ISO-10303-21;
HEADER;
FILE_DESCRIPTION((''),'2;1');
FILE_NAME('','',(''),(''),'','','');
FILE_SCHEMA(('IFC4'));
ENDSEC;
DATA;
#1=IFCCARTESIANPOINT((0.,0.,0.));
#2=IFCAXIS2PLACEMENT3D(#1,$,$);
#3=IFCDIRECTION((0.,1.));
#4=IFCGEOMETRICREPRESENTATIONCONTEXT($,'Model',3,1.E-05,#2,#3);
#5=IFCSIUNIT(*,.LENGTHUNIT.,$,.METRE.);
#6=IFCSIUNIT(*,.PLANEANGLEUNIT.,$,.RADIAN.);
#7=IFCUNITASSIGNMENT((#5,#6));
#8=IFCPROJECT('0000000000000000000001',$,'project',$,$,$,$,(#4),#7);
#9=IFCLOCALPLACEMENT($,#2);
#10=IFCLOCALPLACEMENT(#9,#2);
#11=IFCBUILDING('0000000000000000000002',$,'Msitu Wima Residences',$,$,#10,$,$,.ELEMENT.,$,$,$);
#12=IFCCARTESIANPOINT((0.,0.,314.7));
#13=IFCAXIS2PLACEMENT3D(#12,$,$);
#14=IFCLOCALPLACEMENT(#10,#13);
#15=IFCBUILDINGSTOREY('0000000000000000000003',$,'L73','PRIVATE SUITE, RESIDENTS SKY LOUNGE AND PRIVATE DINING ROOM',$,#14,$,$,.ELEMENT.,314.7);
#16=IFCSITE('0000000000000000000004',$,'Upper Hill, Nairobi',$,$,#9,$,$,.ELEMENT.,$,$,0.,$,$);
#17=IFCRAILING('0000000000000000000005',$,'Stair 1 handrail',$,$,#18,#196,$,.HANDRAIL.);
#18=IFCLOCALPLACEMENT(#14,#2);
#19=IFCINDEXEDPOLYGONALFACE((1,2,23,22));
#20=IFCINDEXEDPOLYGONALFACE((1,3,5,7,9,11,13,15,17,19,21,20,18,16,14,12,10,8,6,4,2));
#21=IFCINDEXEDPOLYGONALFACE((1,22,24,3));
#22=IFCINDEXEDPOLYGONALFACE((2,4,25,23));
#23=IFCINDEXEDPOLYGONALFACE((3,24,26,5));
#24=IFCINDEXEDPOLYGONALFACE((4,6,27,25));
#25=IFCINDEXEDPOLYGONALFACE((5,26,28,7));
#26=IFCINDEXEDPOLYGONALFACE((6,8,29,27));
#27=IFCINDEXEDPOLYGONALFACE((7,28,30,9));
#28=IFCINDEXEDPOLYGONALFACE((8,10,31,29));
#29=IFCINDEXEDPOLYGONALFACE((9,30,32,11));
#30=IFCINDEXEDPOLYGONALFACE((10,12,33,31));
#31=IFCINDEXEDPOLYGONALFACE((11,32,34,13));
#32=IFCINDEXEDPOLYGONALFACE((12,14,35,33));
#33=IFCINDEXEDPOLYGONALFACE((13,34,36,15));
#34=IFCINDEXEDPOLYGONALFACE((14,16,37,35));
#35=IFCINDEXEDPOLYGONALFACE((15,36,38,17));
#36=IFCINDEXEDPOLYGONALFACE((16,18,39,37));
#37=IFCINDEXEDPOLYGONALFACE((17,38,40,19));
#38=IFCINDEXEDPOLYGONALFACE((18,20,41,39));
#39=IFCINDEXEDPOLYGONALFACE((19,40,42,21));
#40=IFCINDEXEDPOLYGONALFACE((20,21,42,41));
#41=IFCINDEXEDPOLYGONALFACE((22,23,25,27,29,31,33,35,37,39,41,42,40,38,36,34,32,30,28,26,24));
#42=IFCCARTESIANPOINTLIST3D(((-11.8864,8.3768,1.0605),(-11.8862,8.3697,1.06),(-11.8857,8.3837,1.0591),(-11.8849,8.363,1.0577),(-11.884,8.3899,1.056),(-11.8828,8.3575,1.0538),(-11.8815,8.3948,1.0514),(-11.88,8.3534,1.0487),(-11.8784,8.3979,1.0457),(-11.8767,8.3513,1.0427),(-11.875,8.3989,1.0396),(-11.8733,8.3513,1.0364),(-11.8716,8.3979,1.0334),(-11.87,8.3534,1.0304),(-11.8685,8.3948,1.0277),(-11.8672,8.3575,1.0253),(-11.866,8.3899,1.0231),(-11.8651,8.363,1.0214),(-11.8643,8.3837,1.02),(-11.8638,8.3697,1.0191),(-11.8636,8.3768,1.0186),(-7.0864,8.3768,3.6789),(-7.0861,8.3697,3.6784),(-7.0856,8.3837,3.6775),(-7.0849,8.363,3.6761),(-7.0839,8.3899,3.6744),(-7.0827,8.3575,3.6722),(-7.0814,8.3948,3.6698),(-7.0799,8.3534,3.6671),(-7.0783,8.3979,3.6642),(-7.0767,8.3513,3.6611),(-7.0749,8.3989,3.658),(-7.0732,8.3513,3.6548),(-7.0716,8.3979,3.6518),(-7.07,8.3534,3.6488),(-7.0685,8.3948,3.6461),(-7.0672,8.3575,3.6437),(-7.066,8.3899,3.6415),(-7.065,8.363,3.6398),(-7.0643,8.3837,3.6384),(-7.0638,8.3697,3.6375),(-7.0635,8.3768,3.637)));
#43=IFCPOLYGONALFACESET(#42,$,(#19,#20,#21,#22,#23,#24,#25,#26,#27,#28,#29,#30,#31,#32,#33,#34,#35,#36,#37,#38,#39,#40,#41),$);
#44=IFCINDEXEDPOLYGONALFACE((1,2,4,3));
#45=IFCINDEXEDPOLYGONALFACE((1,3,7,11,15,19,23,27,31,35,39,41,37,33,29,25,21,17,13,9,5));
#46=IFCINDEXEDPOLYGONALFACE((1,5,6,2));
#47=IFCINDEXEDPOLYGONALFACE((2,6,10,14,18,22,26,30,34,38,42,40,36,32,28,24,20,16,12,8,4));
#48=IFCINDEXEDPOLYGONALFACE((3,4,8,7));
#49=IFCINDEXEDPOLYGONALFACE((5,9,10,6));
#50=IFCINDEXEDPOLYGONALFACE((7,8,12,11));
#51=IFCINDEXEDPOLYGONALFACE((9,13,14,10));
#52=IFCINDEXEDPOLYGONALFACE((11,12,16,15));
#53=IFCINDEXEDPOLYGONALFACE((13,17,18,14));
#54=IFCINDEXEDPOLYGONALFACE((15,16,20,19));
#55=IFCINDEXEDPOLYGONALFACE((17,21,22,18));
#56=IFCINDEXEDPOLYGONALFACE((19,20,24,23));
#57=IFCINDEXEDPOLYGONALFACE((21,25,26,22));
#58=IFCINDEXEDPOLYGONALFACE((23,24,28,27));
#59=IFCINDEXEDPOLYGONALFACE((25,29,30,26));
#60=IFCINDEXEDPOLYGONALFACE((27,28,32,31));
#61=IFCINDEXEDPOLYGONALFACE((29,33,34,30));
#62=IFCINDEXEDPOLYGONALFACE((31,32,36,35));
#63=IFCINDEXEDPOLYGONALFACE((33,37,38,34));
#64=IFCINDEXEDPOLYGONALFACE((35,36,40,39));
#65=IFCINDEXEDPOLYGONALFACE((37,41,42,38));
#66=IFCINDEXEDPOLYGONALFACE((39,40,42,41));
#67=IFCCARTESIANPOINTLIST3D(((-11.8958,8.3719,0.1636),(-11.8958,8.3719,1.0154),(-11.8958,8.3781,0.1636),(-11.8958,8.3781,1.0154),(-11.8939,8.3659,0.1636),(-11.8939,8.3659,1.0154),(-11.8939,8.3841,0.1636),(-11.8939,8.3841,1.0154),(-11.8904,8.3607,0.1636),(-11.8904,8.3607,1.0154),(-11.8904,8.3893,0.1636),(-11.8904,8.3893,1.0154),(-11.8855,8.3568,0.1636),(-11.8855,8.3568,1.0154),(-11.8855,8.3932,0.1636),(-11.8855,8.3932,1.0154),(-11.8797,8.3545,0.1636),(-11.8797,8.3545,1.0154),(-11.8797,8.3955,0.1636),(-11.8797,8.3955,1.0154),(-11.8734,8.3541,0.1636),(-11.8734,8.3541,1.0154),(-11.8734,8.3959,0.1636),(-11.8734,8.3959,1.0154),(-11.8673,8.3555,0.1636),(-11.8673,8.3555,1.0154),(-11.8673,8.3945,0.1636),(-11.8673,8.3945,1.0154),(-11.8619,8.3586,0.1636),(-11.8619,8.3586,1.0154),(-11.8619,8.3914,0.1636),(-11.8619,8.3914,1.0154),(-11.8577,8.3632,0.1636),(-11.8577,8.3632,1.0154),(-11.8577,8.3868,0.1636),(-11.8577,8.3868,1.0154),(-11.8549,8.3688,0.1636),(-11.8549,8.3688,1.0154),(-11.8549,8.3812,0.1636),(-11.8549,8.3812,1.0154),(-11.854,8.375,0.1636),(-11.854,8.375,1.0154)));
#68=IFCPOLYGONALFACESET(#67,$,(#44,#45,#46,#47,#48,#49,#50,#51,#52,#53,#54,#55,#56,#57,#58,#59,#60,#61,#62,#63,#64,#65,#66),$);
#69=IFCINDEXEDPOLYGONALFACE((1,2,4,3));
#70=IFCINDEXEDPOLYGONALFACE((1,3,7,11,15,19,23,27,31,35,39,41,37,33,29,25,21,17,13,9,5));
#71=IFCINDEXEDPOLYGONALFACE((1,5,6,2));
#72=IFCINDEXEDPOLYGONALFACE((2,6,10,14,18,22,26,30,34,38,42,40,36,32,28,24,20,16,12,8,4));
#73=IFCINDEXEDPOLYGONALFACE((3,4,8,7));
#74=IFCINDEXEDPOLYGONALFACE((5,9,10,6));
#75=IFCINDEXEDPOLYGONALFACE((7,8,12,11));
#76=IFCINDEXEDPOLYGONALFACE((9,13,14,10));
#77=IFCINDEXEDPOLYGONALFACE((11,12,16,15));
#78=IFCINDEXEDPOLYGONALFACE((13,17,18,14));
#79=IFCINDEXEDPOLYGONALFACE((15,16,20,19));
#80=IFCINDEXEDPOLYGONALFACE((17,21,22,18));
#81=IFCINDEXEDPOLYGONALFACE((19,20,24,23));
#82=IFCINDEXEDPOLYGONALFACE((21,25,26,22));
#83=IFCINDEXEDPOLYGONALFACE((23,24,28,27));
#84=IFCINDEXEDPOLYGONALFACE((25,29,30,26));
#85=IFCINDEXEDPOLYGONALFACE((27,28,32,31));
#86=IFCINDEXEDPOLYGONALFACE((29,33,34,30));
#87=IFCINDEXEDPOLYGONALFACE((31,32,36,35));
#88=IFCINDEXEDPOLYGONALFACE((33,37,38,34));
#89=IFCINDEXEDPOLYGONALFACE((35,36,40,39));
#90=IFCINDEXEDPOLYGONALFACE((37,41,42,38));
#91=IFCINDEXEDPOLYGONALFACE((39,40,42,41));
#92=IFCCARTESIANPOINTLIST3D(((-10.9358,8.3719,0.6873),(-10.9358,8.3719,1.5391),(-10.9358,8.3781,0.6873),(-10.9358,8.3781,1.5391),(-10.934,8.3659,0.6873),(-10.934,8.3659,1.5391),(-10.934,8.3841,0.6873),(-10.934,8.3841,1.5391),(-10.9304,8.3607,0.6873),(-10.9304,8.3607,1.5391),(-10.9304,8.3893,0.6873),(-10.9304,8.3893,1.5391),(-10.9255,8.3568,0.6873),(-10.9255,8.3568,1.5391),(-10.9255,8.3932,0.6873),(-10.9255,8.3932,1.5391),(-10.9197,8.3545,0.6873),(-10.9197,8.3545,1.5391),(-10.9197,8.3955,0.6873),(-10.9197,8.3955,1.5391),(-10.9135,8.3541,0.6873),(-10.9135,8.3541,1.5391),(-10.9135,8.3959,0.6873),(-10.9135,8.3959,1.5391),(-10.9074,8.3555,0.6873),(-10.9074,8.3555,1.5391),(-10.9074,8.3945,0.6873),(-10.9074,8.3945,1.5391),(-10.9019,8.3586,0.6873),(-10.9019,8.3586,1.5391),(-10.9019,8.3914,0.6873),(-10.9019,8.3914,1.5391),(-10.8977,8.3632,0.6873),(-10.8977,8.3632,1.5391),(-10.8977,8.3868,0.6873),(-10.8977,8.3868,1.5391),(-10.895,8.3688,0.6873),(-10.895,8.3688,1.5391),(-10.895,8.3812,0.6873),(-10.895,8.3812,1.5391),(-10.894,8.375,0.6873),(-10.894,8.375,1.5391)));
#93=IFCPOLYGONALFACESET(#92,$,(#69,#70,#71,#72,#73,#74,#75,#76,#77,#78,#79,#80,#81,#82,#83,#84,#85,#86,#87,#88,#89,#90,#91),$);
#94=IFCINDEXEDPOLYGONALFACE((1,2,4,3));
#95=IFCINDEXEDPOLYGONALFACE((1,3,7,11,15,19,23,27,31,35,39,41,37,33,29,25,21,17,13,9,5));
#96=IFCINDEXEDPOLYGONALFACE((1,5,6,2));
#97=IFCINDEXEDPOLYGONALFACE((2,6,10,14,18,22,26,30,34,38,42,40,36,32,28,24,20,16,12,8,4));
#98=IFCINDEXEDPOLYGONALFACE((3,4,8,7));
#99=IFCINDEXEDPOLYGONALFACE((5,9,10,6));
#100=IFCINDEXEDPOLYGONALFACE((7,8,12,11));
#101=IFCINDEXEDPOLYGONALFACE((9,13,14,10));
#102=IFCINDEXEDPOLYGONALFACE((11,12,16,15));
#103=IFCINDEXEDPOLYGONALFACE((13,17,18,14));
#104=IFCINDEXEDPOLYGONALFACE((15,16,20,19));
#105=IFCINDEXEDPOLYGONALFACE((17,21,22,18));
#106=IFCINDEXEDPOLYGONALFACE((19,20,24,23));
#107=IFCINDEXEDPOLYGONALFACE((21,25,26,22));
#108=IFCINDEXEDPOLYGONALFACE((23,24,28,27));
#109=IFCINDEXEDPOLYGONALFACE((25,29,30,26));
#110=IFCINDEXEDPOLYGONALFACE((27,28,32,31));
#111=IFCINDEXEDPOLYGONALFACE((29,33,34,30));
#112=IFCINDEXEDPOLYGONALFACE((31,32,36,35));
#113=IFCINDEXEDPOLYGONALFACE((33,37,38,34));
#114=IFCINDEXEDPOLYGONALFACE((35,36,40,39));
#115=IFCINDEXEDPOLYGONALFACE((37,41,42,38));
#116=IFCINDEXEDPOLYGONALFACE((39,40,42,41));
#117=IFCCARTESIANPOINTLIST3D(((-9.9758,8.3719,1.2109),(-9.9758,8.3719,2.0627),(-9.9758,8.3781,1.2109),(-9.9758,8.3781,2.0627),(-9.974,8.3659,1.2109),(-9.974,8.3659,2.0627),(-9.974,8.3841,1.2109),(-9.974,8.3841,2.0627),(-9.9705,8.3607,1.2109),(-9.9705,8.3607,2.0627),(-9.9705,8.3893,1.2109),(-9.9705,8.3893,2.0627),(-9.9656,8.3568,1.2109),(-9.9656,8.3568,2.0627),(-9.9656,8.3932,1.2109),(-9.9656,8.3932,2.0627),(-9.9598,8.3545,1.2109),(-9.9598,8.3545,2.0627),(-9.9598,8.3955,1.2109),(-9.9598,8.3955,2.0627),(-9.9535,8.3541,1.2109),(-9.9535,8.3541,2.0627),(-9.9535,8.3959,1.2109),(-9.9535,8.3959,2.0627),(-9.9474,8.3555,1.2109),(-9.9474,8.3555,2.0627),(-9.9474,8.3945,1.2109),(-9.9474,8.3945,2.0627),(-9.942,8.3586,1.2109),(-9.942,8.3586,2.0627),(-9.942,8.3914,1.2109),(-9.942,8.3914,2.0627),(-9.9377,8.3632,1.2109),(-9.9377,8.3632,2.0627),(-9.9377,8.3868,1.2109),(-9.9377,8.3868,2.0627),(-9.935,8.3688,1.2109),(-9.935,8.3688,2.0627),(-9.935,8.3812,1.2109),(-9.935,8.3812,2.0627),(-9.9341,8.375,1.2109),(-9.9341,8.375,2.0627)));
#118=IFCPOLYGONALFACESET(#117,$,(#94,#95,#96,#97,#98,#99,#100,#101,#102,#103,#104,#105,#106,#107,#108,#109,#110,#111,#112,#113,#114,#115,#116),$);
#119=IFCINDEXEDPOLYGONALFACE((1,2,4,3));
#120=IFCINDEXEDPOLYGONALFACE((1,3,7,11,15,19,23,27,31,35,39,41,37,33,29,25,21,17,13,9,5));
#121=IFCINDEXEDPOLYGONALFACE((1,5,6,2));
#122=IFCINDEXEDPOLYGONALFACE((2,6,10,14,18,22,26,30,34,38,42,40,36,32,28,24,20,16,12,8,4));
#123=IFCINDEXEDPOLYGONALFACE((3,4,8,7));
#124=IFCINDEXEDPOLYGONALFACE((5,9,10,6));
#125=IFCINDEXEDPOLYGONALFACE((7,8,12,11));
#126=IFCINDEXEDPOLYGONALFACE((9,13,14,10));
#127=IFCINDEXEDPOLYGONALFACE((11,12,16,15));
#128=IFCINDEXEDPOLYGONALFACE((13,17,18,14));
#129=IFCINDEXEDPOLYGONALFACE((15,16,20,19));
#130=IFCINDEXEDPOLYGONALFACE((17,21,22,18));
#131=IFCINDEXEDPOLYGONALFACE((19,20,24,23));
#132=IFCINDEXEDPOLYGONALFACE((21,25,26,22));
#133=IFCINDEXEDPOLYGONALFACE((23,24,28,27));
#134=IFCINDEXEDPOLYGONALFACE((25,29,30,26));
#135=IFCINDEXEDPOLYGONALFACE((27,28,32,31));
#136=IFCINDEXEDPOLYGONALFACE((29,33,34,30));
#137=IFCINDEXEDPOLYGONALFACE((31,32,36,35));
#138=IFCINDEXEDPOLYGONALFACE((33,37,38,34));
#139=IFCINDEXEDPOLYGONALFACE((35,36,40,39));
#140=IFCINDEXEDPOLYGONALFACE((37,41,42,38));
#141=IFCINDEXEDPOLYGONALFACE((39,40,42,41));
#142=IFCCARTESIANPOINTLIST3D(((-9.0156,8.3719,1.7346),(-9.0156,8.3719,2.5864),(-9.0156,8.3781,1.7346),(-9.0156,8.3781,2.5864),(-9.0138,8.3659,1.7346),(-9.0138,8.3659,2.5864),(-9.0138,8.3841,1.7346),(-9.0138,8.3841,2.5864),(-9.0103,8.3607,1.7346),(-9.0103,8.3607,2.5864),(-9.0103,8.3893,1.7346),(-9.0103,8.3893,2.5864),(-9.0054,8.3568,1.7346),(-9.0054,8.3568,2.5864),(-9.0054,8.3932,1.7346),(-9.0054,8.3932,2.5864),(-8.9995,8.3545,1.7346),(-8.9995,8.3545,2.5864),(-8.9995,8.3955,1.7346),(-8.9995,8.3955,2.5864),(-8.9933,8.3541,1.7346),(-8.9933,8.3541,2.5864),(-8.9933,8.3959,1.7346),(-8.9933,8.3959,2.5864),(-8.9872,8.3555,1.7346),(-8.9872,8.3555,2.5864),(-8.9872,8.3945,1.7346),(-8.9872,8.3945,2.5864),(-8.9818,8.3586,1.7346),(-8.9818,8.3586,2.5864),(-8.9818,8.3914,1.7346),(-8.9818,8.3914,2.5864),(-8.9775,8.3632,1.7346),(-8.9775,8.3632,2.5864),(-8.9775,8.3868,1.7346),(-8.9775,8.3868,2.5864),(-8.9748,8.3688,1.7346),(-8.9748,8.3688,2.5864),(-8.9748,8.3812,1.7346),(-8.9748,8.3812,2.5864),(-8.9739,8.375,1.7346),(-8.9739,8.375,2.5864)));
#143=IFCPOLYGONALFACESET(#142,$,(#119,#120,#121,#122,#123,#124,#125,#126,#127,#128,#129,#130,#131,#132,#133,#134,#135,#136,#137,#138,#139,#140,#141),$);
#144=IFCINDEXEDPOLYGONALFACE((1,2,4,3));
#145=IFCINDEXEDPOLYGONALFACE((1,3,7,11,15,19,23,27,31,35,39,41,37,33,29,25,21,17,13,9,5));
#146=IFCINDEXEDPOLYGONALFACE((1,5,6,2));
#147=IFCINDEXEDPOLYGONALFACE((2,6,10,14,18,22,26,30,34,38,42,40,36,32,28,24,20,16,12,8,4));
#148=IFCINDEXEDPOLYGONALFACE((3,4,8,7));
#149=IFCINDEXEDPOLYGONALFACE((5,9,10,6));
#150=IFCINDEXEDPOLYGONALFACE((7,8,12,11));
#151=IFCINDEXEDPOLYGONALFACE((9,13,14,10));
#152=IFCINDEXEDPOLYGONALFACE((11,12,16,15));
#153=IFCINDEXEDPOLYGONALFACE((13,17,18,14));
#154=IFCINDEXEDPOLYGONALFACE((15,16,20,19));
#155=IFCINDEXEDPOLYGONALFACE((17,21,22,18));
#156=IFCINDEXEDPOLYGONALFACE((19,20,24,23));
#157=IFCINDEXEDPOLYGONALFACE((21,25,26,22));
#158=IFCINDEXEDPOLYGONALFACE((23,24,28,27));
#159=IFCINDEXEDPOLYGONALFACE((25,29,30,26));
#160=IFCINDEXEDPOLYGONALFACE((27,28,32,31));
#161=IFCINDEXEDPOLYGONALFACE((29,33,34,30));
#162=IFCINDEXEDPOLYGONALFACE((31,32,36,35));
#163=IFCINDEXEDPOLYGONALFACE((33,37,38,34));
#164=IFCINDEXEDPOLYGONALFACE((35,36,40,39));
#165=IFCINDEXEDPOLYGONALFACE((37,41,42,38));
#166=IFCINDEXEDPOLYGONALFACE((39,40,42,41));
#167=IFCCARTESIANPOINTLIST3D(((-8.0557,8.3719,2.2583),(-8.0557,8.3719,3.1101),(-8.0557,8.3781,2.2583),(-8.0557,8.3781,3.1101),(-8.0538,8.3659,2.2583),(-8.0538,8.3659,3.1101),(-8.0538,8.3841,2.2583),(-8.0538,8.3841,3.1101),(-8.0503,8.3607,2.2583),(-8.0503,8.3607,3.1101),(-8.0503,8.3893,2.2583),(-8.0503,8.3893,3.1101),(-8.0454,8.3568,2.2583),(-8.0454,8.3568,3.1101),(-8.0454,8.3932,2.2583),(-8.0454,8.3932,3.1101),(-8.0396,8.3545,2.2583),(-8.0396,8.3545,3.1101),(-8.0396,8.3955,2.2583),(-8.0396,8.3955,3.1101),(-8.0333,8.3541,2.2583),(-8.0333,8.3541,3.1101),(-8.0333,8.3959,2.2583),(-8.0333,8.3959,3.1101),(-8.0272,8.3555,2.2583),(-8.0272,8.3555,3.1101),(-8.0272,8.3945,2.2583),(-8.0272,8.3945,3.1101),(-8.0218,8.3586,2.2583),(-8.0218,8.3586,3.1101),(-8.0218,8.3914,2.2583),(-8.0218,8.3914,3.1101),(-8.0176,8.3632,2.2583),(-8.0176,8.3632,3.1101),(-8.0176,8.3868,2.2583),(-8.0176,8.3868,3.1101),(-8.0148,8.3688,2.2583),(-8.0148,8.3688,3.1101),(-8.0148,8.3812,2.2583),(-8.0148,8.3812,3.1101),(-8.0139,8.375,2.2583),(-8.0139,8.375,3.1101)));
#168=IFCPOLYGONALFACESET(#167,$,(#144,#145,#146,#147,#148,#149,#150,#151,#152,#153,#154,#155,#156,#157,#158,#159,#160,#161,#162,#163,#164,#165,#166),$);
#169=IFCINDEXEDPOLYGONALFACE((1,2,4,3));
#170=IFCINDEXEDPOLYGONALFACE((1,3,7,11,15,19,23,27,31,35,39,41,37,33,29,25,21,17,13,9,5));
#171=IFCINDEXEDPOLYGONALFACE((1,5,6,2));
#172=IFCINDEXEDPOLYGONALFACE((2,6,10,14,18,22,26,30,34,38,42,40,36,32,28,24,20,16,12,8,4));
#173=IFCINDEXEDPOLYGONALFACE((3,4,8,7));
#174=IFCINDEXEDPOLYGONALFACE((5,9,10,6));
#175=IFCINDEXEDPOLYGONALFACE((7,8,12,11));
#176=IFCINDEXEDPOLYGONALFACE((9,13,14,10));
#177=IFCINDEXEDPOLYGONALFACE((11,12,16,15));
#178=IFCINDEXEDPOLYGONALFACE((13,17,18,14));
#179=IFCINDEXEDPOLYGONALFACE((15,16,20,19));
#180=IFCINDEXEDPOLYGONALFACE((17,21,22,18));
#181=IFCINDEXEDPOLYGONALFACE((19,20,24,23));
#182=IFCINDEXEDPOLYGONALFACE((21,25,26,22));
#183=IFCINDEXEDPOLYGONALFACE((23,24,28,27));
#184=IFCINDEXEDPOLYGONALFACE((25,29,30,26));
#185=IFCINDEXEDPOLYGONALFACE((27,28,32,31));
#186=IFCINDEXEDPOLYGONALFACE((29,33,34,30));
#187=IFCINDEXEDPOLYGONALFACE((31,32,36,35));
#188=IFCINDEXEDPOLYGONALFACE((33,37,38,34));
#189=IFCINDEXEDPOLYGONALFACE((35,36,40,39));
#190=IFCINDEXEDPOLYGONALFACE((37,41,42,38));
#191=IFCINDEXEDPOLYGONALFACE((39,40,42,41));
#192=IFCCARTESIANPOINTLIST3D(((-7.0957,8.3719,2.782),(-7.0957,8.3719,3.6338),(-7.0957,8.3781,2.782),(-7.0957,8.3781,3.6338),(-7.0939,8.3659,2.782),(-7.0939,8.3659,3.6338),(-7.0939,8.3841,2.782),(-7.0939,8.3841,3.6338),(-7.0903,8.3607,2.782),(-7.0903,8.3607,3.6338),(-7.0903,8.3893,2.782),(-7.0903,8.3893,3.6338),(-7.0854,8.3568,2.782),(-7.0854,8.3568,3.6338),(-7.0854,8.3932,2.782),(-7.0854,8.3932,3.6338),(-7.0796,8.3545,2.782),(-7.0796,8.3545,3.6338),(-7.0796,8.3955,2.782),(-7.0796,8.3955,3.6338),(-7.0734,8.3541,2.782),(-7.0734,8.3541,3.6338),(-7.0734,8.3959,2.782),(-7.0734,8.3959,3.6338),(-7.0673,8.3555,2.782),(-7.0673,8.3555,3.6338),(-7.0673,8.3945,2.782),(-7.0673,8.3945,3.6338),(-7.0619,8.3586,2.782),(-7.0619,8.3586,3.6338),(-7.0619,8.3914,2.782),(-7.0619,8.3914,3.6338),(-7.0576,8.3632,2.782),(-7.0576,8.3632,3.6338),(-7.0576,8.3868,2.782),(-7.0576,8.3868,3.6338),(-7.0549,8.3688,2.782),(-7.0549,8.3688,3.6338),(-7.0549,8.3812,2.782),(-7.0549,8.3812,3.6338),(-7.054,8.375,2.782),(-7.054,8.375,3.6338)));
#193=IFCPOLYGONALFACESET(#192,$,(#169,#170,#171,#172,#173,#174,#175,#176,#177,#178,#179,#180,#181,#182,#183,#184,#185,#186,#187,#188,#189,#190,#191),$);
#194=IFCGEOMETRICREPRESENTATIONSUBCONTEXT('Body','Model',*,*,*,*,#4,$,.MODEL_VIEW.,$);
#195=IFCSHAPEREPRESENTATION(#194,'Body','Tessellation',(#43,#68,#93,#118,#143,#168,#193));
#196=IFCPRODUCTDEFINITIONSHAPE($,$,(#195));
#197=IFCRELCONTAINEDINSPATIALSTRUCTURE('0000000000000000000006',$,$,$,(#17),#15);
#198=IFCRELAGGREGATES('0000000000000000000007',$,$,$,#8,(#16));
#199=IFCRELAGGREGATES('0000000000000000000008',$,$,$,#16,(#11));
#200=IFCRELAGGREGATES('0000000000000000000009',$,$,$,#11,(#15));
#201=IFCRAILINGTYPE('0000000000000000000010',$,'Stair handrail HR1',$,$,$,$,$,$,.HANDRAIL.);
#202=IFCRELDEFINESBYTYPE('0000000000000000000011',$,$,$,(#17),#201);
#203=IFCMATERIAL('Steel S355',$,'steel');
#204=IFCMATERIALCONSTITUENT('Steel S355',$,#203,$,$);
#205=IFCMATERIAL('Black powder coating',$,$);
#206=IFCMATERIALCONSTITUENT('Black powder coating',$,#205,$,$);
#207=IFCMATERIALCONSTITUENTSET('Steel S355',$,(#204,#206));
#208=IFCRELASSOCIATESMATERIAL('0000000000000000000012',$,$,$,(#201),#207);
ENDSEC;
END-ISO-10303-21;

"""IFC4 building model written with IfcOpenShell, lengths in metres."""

from ifc_helpers import new_model, si_unit, direction, frame, origin, origin_2d, place, context, subcontext, project, spatial, circle, extrude, material, constituent, constituent_set, type_object, element, save


model = new_model("IFC4")

# Units and contexts
model_context = context("Model", 3, precision=1e-05, world=origin(), true_north=direction((0.0, 1.0)))
body_context = subcontext(model_context, "Body", "Model", "MODEL_VIEW")
ifc_project = project(units=[si_unit("LENGTHUNIT", "METRE"), si_unit("PLANEANGLEUNIT", "RADIAN")], contexts=[model_context])

# Site, building, storey
site_placement = place(None, origin())
site = spatial("IfcSite", under=ifc_project, at=site_placement, Name="Upper Hill, Nairobi", CompositionType="ELEMENT", RefElevation=0.0)
building_placement = place(site_placement, origin())
building = spatial("IfcBuilding", under=site, at=building_placement, Name="Msitu Wima Residences", CompositionType="ELEMENT")
storey_placement = place(building_placement, frame((0.0, 0.0, 314.7)))
storey = spatial("IfcBuildingStorey", under=building, at=storey_placement, Name="L73", Description="PRIVATE SUITE, RESIDENTS SKY LOUNGE AND PRIVATE DINING ROOM", CompositionType="ELEMENT", Elevation=314.7)

# Railing
ifc_material_1 = material(Name="Steel S355", Category="steel")
ifc_constituent_1 = constituent(ifc_material_1, Name="Steel S355")
ifc_material_2 = material(Name="Black powder coating")
ifc_constituent_2 = constituent(ifc_material_2, Name="Black powder coating")
ifc_constituent_set = constituent_set(constituents=[ifc_constituent_1, ifc_constituent_2], Name="Steel S355")
railing_type = type_object("IfcRailingType", Name="Stair handrail HR1", PredefinedType="HANDRAIL", material=ifc_constituent_set)
railing_placement = place(storey_placement, frame((-11.875, 8.375, 0.1636)))
element("IfcRailing", 1, at=railing_placement, inside=storey, type_object=railing_type, Name="Stair 1 handrail", PredefinedType="HANDRAIL", context=body_context, shape_type="SweptSolid", body=[
    extrude(circle(Radius=0.0239, at=origin_2d()), frame((0.0, 0.0, 0.876), z_axis=(0.87788, 0.0, 0.47888), x_axis=(0.0, 1.0, 0.0)), (0.0, 0.0, 1.0), 5.4678),
    extrude(circle(Radius=0.021, at=origin_2d()), origin(), (0.0, 0.0, 1.0), 0.8518),
    extrude(circle(Radius=0.021, at=origin_2d()), frame((0.96, 0.0, 0.5237)), (0.0, 0.0, 1.0), 0.8518),
    extrude(circle(Radius=0.021, at=origin_2d()), frame((1.9199, 0.0, 1.0474)), (0.0, 0.0, 1.0), 0.8518),
    extrude(circle(Radius=0.021, at=origin_2d()), frame((2.8801, 0.0, 1.571)), (0.0, 0.0, 1.0), 0.8518),
    extrude(circle(Radius=0.021, at=origin_2d()), frame((3.8401, 0.0, 2.0947)), (0.0, 0.0, 1.0), 0.8518),
    extrude(circle(Radius=0.021, at=origin_2d()), frame((4.8, 0.0, 2.6184)), (0.0, 0.0, 1.0), 0.8518),
])

save(model, "model.ifc")
